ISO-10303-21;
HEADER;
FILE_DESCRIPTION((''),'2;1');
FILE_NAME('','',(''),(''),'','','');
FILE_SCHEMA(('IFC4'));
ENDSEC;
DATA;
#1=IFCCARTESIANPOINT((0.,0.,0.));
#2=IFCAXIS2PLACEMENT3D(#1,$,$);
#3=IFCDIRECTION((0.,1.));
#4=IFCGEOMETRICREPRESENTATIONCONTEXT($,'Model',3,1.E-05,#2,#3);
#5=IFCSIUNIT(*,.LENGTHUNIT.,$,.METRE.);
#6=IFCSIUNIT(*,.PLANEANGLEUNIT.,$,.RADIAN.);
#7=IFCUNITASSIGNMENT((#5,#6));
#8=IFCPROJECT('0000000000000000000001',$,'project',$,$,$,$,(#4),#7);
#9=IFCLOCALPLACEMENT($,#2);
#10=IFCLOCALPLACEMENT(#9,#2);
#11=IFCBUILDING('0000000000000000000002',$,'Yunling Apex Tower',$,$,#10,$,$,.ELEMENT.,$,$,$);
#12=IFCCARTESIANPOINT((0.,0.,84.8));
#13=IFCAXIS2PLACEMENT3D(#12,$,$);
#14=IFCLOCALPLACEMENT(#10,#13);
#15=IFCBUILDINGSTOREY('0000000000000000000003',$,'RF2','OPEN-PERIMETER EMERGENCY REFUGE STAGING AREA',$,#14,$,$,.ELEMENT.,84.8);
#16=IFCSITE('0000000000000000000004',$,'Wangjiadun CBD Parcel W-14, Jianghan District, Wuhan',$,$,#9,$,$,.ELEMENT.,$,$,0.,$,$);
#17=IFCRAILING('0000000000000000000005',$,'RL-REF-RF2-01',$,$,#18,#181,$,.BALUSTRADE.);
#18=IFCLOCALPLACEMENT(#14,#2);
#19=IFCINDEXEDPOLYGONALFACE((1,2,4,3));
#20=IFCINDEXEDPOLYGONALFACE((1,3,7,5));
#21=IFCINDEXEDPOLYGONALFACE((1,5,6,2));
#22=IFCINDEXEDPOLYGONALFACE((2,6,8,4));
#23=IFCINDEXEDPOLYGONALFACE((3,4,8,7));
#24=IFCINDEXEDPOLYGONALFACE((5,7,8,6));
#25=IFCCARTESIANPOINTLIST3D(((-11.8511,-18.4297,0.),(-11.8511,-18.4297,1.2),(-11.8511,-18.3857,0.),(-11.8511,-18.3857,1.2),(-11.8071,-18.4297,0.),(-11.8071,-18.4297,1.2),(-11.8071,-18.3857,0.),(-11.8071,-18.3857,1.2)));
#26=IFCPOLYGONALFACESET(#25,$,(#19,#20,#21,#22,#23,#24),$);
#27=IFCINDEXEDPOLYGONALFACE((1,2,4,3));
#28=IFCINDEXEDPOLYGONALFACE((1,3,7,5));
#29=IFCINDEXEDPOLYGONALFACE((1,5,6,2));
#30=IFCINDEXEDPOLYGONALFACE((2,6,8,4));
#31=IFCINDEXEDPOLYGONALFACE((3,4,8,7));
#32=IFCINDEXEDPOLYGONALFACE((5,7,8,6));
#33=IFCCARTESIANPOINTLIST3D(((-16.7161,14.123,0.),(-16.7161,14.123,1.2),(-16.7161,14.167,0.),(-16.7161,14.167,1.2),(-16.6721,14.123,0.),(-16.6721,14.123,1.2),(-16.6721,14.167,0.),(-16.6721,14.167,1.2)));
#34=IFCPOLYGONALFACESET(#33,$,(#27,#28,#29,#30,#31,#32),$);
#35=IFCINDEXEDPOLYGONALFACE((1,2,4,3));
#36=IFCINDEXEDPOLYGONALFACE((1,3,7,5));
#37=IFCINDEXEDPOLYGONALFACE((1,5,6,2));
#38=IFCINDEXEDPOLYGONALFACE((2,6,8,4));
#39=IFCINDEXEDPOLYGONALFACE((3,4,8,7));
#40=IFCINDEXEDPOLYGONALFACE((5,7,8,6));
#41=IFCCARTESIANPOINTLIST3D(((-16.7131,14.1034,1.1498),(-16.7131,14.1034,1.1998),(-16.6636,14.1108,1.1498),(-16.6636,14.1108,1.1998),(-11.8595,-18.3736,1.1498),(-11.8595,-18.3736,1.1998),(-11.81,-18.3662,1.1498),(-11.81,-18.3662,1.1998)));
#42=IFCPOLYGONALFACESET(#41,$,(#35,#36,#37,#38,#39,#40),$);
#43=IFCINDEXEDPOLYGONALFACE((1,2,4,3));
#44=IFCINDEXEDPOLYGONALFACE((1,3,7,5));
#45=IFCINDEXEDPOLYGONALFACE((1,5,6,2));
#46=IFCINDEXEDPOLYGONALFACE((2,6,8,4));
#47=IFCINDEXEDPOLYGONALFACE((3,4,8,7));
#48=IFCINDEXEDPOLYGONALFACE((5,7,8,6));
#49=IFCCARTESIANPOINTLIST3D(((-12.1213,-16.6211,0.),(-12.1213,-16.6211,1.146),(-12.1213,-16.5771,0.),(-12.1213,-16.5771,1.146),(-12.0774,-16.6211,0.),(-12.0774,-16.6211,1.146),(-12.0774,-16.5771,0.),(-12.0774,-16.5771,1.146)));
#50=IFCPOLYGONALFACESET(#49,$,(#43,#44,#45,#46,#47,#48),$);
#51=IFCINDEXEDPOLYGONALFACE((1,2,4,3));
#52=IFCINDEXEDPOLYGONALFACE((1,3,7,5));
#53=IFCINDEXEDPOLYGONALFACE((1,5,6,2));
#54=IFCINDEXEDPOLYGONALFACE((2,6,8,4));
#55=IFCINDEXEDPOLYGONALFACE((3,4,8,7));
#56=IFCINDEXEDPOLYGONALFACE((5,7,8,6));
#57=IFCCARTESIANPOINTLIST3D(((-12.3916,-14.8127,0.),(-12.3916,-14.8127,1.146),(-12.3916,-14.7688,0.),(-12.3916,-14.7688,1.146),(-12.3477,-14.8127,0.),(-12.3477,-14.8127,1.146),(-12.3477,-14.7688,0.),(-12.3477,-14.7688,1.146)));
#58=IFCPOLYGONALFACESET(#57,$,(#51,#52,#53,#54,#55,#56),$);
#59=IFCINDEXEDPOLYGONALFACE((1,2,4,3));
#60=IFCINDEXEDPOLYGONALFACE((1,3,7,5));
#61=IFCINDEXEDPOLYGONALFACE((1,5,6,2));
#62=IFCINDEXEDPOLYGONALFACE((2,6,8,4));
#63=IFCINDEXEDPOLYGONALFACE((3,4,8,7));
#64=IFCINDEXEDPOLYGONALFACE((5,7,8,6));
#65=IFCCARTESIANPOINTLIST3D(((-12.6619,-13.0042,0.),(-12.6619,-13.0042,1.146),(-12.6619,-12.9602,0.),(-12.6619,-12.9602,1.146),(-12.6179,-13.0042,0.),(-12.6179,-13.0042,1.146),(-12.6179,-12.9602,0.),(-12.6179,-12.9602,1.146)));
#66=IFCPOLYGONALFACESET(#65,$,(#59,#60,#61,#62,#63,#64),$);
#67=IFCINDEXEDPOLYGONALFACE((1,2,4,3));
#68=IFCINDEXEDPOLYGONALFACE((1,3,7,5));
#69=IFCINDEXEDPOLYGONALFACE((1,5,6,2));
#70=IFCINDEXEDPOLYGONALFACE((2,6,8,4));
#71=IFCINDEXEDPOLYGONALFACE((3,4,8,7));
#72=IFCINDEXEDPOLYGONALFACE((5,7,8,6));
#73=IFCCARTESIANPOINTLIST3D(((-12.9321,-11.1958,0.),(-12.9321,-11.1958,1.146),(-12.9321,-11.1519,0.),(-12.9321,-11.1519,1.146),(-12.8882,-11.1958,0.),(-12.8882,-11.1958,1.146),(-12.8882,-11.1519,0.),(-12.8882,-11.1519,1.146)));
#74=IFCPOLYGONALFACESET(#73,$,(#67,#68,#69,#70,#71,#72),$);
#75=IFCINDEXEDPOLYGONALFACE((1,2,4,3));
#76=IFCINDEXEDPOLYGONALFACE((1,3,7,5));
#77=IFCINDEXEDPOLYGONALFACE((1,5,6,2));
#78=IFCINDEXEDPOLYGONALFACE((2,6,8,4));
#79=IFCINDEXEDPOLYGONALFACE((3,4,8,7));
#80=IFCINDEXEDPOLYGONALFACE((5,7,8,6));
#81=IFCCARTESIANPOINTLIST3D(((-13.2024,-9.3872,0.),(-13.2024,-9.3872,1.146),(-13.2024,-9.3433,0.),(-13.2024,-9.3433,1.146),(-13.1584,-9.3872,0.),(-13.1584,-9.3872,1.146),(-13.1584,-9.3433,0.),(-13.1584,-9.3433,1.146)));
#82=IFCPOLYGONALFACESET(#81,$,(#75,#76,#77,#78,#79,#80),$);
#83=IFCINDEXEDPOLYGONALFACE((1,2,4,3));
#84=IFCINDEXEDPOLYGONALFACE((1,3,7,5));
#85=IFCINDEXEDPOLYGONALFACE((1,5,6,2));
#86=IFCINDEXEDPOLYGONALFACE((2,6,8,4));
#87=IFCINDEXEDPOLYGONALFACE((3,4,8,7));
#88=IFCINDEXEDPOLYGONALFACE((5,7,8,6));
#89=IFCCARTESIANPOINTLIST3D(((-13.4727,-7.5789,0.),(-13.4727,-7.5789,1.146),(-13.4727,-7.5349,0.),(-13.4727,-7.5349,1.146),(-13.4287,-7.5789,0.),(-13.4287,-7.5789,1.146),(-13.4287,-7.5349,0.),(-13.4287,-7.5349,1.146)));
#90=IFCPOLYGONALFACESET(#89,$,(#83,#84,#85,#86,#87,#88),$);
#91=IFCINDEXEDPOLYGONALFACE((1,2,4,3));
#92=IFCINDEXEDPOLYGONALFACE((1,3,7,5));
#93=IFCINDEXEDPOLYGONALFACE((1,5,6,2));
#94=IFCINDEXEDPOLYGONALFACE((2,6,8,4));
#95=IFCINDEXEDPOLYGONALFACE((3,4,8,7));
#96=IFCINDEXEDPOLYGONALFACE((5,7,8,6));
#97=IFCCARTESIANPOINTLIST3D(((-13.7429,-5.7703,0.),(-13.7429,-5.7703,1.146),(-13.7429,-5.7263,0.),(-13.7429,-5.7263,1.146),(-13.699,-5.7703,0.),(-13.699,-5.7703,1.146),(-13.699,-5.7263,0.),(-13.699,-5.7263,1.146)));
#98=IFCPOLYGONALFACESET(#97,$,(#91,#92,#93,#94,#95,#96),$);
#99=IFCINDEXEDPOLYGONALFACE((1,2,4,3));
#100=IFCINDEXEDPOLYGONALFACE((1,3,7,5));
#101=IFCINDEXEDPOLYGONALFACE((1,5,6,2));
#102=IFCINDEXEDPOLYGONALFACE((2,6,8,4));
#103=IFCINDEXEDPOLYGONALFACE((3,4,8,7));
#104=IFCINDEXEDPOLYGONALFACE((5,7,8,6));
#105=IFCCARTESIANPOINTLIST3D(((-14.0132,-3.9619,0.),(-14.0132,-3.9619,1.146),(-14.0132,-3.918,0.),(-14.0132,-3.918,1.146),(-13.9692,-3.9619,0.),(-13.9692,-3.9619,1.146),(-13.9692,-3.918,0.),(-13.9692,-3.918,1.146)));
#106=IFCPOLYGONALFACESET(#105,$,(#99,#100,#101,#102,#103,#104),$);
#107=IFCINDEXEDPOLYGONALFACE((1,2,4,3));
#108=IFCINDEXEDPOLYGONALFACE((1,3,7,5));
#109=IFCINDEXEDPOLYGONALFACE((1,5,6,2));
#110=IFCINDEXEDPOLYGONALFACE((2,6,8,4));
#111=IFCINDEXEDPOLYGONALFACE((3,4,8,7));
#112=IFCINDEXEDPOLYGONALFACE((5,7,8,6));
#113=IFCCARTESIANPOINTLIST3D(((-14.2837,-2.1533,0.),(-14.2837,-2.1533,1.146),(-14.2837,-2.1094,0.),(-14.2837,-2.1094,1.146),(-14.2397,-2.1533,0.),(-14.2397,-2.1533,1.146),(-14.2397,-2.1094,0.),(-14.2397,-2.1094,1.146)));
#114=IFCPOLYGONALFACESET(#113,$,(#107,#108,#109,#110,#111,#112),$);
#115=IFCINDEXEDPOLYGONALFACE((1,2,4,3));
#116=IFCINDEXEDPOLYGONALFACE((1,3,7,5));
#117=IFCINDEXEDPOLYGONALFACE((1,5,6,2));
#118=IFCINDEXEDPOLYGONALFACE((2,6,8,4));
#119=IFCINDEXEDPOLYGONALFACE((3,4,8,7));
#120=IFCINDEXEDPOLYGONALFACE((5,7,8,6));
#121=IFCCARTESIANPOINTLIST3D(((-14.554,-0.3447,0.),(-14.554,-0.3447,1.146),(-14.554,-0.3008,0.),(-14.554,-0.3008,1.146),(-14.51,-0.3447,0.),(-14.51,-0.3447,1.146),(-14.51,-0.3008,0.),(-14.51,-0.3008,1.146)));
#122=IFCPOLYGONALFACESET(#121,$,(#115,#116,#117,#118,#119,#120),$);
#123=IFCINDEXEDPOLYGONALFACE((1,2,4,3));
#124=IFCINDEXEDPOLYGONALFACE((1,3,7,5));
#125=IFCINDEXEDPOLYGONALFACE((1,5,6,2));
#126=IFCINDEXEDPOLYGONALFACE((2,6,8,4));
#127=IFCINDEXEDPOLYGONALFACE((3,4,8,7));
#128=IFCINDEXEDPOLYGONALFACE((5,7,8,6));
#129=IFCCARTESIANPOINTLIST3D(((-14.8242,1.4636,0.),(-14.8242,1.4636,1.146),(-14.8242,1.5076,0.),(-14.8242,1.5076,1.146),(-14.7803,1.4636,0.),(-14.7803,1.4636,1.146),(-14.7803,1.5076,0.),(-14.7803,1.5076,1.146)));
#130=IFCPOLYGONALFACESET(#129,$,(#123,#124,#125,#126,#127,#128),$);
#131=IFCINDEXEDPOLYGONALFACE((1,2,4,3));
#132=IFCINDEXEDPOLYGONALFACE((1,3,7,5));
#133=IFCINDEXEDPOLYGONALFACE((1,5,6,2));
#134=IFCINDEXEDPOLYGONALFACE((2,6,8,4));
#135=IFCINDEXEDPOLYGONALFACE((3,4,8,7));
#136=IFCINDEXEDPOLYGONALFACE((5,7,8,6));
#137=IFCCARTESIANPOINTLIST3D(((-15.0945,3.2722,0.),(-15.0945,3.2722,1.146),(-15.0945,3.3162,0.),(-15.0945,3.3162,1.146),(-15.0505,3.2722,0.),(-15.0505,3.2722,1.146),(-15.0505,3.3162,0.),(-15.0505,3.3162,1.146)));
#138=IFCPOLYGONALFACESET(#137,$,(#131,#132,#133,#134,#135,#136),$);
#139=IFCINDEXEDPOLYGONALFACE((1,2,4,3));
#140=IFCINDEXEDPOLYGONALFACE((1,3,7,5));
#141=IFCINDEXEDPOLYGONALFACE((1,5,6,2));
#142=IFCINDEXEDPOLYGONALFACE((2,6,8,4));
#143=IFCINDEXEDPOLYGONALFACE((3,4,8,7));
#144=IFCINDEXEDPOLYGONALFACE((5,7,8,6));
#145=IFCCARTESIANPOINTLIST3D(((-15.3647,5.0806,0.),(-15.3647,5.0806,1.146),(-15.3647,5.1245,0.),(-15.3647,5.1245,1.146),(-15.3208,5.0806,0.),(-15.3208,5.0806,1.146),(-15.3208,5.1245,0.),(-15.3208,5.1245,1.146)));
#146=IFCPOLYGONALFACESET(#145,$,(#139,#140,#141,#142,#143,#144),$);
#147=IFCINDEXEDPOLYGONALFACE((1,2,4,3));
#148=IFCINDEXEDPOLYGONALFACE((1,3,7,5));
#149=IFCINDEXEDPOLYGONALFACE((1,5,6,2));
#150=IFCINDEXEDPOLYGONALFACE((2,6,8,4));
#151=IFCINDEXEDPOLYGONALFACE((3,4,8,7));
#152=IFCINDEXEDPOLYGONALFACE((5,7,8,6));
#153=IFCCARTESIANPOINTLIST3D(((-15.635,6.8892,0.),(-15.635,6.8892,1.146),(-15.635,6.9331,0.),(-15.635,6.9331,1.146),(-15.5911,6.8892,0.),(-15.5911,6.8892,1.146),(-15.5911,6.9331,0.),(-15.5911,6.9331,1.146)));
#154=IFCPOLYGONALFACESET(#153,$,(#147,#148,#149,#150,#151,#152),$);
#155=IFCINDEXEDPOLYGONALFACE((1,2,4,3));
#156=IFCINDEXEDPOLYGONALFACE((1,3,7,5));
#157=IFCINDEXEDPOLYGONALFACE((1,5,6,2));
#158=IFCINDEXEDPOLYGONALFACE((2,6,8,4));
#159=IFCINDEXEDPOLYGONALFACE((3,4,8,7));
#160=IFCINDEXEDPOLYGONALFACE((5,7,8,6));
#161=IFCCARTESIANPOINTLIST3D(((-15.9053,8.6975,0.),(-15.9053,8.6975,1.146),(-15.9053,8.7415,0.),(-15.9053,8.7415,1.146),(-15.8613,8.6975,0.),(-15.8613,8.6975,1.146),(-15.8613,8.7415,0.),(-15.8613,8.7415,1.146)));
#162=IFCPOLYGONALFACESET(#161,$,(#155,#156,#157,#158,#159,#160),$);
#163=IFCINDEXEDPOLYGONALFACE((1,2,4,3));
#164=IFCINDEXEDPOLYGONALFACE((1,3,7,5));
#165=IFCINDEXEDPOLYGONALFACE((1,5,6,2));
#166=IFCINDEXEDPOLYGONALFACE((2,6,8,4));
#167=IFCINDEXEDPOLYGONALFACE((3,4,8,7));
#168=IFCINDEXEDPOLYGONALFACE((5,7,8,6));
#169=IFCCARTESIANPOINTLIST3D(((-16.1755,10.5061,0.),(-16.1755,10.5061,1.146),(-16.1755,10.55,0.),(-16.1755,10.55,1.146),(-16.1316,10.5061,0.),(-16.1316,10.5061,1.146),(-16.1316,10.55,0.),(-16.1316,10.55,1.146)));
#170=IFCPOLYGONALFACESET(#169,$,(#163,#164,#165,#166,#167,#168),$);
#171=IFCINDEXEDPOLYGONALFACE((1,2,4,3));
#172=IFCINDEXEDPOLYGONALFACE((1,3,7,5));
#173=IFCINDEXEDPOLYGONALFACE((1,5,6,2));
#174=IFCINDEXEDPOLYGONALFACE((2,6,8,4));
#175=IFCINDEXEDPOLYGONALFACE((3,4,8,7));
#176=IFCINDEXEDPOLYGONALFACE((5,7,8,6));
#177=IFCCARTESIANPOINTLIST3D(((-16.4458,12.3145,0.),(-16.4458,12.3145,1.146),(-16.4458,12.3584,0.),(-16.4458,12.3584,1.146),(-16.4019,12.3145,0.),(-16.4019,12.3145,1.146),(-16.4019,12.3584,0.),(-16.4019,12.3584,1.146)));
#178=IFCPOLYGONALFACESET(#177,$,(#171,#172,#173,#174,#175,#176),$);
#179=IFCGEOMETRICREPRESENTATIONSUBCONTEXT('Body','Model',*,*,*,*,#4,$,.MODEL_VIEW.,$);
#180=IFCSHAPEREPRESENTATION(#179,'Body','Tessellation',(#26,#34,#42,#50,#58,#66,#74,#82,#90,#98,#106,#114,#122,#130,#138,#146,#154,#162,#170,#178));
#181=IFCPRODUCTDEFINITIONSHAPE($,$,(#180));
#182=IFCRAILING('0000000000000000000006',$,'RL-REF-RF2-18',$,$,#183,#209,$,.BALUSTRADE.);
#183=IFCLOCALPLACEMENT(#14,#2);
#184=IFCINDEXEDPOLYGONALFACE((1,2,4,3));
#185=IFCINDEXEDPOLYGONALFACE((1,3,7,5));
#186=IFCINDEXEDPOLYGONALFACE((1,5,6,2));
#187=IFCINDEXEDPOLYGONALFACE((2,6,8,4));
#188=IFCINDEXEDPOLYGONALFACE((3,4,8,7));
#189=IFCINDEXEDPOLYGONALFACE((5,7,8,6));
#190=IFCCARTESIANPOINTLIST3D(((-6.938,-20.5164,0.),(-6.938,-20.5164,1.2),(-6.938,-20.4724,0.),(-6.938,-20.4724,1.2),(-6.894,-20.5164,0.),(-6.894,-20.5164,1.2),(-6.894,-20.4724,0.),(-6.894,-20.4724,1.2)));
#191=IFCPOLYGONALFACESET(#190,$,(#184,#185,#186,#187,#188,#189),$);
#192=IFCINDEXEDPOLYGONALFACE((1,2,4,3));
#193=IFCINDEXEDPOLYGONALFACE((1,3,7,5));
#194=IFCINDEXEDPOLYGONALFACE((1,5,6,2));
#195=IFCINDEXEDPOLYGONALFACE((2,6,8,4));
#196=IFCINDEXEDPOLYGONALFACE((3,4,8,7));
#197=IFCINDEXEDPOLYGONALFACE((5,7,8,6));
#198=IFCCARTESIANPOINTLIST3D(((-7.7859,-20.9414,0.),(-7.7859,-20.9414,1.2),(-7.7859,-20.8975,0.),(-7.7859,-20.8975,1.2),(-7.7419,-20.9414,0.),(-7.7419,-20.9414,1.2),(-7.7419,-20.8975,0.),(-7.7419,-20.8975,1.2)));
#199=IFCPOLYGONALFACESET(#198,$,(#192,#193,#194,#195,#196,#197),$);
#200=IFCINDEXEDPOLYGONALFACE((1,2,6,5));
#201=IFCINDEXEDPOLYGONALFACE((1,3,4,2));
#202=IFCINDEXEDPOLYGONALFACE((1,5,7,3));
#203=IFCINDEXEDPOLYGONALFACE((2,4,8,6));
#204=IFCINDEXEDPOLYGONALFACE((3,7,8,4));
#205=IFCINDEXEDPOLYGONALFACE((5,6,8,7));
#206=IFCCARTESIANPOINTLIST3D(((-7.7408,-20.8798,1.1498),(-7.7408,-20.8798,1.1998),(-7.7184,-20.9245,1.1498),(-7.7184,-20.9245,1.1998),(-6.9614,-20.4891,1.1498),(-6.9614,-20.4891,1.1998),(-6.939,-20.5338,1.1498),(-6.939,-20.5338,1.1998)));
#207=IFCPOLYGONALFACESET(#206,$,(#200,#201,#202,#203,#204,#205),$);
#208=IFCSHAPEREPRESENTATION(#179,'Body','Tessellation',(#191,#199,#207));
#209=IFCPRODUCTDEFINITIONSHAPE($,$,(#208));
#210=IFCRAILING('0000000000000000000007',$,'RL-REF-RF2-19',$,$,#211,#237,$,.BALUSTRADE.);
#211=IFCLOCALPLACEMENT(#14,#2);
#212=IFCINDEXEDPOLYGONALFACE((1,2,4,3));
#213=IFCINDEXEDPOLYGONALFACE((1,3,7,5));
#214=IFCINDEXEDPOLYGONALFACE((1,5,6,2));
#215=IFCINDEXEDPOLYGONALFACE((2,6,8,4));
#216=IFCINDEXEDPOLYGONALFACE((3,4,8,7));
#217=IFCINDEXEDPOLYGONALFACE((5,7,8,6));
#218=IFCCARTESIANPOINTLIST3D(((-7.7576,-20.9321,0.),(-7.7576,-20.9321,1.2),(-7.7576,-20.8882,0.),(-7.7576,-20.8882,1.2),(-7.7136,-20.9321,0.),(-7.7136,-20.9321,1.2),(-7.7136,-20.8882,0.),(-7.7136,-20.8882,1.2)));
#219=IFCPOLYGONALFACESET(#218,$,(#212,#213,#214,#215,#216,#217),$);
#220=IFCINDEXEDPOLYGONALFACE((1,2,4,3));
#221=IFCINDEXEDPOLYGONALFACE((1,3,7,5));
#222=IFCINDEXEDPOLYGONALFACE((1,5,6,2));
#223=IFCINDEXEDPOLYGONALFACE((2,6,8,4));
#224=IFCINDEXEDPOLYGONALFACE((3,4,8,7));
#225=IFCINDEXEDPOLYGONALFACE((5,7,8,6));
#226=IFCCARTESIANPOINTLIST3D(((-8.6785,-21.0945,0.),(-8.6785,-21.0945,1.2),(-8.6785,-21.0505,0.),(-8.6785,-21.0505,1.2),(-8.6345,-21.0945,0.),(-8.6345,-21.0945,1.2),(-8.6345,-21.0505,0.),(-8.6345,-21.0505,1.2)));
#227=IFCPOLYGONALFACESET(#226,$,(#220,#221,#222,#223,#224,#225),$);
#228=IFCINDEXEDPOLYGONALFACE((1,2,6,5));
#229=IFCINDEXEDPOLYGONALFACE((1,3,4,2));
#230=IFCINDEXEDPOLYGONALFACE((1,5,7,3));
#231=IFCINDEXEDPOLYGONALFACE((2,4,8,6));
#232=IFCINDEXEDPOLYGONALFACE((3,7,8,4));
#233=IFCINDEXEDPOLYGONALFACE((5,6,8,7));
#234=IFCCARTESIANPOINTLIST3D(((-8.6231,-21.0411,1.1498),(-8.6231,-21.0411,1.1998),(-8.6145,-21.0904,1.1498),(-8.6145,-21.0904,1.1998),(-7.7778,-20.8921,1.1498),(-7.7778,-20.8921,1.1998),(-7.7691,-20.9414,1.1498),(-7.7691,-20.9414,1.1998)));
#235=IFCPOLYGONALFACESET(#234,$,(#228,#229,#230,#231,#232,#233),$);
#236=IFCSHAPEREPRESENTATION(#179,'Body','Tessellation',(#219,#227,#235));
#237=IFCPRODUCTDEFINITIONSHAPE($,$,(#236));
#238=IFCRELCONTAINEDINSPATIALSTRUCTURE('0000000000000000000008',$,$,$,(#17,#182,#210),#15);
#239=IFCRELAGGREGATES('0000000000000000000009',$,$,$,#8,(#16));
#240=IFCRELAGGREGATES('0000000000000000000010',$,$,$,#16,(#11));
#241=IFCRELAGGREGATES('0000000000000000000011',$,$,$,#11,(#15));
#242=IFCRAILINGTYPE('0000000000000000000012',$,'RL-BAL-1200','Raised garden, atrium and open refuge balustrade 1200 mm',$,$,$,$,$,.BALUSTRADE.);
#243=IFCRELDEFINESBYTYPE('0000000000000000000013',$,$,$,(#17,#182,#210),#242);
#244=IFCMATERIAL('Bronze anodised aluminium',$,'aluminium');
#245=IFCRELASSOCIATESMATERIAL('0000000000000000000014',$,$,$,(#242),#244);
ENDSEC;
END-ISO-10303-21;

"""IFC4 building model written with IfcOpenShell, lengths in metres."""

from ifc_helpers import new_model, si_unit, direction, frame, origin, origin_2d, place, context, subcontext, project, spatial, rectangle, extrude, material, type_object, element, save


model = new_model("IFC4")

# Units and contexts
model_context = context("Model", 3, precision=1e-05, world=origin(), true_north=direction((0.0, 1.0)))
body_context = subcontext(model_context, "Body", "Model", "MODEL_VIEW")
ifc_project = project(units=[si_unit("LENGTHUNIT", "METRE"), si_unit("PLANEANGLEUNIT", "RADIAN")], contexts=[model_context])

# Site, building, storey
site_placement = place(None, origin())
site = spatial("IfcSite", under=ifc_project, at=site_placement, Name="Wangjiadun CBD Parcel W-14, Jianghan District, Wuhan", CompositionType="ELEMENT", RefElevation=0.0)
building_placement = place(site_placement, origin())
building = spatial("IfcBuilding", under=site, at=building_placement, Name="Yunling Apex Tower", CompositionType="ELEMENT")
storey_placement = place(building_placement, frame((0.0, 0.0, 84.8)))
storey = spatial("IfcBuildingStorey", under=building, at=storey_placement, Name="RF2", Description="OPEN-PERIMETER EMERGENCY REFUGE STAGING AREA", CompositionType="ELEMENT", Elevation=84.8)

# Railings
ifc_material_1 = material(Name="Bronze anodised aluminium", Category="aluminium")
railing_type = type_object("IfcRailingType", Name="RL-BAL-1200", Description="Raised garden, atrium and open refuge balustrade 1200 mm", PredefinedType="BALUSTRADE", material=ifc_material_1)
railing_1_placement = place(storey_placement, frame((-11.8291, -18.4077, 0.0)))
element("IfcRailing", 1, at=railing_1_placement, inside=storey, type_object=railing_type, Name="RL-REF-RF2-01", PredefinedType="BALUSTRADE", context=body_context, shape_type="SweptSolid", body=[
    extrude(rectangle(XDim=0.0439, YDim=0.0439, at=origin_2d()), origin(), (0.0, 0.0, 1.0), 1.2),
    extrude(rectangle(XDim=0.0439, YDim=0.0439, at=origin_2d()), frame((-4.865, 32.5527, 0.0)), (0.0, 0.0, 1.0), 1.2),
    extrude(rectangle(XDim=0.05, YDim=0.05, at=origin_2d()), frame((-0.0056, 0.0378, 1.1748), z_axis=(-0.147808, 0.989016, 0.0), x_axis=(-0.989016, -0.147808, 0.0)), (0.0, 0.0, 1.0), 32.8376),
    extrude(rectangle(XDim=0.0439, YDim=0.0439, at=origin_2d()), frame((-0.2703, 1.8086, 0.0)), (0.0, 0.0, 1.0), 1.146),
    extrude(rectangle(XDim=0.0439, YDim=0.0439, at=origin_2d()), frame((-0.5405, 3.6169, 0.0)), (0.0, 0.0, 1.0), 1.146),
    extrude(rectangle(XDim=0.0439, YDim=0.0439, at=origin_2d()), frame((-0.8108, 5.4255, 0.0)), (0.0, 0.0, 1.0), 1.146),
    extrude(rectangle(XDim=0.0439, YDim=0.0439, at=origin_2d()), frame((-1.0811, 7.2339, 0.0)), (0.0, 0.0, 1.0), 1.146),
    extrude(rectangle(XDim=0.0439, YDim=0.0439, at=origin_2d()), frame((-1.3513, 9.0425, 0.0)), (0.0, 0.0, 1.0), 1.146),
    extrude(rectangle(XDim=0.0439, YDim=0.0439, at=origin_2d()), frame((-1.6216, 10.8508, 0.0)), (0.0, 0.0, 1.0), 1.146),
    extrude(rectangle(XDim=0.0439, YDim=0.0439, at=origin_2d()), frame((-1.8918, 12.6594, 0.0)), (0.0, 0.0, 1.0), 1.146),
    extrude(rectangle(XDim=0.0439, YDim=0.0439, at=origin_2d()), frame((-2.1621, 14.4678, 0.0)), (0.0, 0.0, 1.0), 1.146),
    extrude(rectangle(XDim=0.0439, YDim=0.0439, at=origin_2d()), frame((-2.4326, 16.2764, 0.0)), (0.0, 0.0, 1.0), 1.146),
    extrude(rectangle(XDim=0.0439, YDim=0.0439, at=origin_2d()), frame((-2.7029, 18.085, 0.0)), (0.0, 0.0, 1.0), 1.146),
    extrude(rectangle(XDim=0.0439, YDim=0.0439, at=origin_2d()), frame((-2.9731, 19.8933, 0.0)), (0.0, 0.0, 1.0), 1.146),
    extrude(rectangle(XDim=0.0439, YDim=0.0439, at=origin_2d()), frame((-3.2434, 21.7019, 0.0)), (0.0, 0.0, 1.0), 1.146),
    extrude(rectangle(XDim=0.0439, YDim=0.0439, at=origin_2d()), frame((-3.5137, 23.5103, 0.0)), (0.0, 0.0, 1.0), 1.146),
    extrude(rectangle(XDim=0.0439, YDim=0.0439, at=origin_2d()), frame((-3.7839, 25.3188, 0.0)), (0.0, 0.0, 1.0), 1.146),
    extrude(rectangle(XDim=0.0439, YDim=0.0439, at=origin_2d()), frame((-4.0542, 27.1272, 0.0)), (0.0, 0.0, 1.0), 1.146),
    extrude(rectangle(XDim=0.0439, YDim=0.0439, at=origin_2d()), frame((-4.3245, 28.9358, 0.0)), (0.0, 0.0, 1.0), 1.146),
    extrude(rectangle(XDim=0.0439, YDim=0.0439, at=origin_2d()), frame((-4.5947, 30.7441, 0.0)), (0.0, 0.0, 1.0), 1.146),
])
railing_2_placement = place(storey_placement, frame((-6.916, -20.4944, 0.0)))
element("IfcRailing", 2, at=railing_2_placement, inside=storey, type_object=railing_type, Name="RL-REF-RF2-18", PredefinedType="BALUSTRADE", context=body_context, shape_type="SweptSolid", body=[
    extrude(rectangle(XDim=0.0439, YDim=0.0439, at=origin_2d()), origin(), (0.0, 0.0, 1.0), 1.2),
    extrude(rectangle(XDim=0.0439, YDim=0.0439, at=origin_2d()), frame((-0.8479, -0.425, 0.0)), (0.0, 0.0, 1.0), 1.2),
    extrude(rectangle(XDim=0.05, YDim=0.05, at=origin_2d()), frame((-0.0342, -0.0171, 1.1748), z_axis=(-0.893963, -0.44814, 0.0), x_axis=(0.44814, -0.893963, 0.0)), (0.0, 0.0, 1.0), 0.8718),
])
railing_3_placement = place(storey_placement, frame((-7.7356, -20.9102, 0.0)))
element("IfcRailing", 3, at=railing_3_placement, inside=storey, type_object=railing_type, Name="RL-REF-RF2-19", PredefinedType="BALUSTRADE", context=body_context, shape_type="SweptSolid", body=[
    extrude(rectangle(XDim=0.0439, YDim=0.0439, at=origin_2d()), origin(), (0.0, 0.0, 1.0), 1.2),
    extrude(rectangle(XDim=0.0439, YDim=0.0439, at=origin_2d()), frame((-0.9209, -0.1624, 0.0)), (0.0, 0.0, 1.0), 1.2),
    extrude(rectangle(XDim=0.05, YDim=0.05, at=origin_2d()), frame((-0.0378, -0.0066, 1.1748), z_axis=(-0.984812, -0.173621, 0.0), x_axis=(0.173621, -0.984812, 0.0)), (0.0, 0.0, 1.0), 0.8584),
])

save(model, "model.ifc")
